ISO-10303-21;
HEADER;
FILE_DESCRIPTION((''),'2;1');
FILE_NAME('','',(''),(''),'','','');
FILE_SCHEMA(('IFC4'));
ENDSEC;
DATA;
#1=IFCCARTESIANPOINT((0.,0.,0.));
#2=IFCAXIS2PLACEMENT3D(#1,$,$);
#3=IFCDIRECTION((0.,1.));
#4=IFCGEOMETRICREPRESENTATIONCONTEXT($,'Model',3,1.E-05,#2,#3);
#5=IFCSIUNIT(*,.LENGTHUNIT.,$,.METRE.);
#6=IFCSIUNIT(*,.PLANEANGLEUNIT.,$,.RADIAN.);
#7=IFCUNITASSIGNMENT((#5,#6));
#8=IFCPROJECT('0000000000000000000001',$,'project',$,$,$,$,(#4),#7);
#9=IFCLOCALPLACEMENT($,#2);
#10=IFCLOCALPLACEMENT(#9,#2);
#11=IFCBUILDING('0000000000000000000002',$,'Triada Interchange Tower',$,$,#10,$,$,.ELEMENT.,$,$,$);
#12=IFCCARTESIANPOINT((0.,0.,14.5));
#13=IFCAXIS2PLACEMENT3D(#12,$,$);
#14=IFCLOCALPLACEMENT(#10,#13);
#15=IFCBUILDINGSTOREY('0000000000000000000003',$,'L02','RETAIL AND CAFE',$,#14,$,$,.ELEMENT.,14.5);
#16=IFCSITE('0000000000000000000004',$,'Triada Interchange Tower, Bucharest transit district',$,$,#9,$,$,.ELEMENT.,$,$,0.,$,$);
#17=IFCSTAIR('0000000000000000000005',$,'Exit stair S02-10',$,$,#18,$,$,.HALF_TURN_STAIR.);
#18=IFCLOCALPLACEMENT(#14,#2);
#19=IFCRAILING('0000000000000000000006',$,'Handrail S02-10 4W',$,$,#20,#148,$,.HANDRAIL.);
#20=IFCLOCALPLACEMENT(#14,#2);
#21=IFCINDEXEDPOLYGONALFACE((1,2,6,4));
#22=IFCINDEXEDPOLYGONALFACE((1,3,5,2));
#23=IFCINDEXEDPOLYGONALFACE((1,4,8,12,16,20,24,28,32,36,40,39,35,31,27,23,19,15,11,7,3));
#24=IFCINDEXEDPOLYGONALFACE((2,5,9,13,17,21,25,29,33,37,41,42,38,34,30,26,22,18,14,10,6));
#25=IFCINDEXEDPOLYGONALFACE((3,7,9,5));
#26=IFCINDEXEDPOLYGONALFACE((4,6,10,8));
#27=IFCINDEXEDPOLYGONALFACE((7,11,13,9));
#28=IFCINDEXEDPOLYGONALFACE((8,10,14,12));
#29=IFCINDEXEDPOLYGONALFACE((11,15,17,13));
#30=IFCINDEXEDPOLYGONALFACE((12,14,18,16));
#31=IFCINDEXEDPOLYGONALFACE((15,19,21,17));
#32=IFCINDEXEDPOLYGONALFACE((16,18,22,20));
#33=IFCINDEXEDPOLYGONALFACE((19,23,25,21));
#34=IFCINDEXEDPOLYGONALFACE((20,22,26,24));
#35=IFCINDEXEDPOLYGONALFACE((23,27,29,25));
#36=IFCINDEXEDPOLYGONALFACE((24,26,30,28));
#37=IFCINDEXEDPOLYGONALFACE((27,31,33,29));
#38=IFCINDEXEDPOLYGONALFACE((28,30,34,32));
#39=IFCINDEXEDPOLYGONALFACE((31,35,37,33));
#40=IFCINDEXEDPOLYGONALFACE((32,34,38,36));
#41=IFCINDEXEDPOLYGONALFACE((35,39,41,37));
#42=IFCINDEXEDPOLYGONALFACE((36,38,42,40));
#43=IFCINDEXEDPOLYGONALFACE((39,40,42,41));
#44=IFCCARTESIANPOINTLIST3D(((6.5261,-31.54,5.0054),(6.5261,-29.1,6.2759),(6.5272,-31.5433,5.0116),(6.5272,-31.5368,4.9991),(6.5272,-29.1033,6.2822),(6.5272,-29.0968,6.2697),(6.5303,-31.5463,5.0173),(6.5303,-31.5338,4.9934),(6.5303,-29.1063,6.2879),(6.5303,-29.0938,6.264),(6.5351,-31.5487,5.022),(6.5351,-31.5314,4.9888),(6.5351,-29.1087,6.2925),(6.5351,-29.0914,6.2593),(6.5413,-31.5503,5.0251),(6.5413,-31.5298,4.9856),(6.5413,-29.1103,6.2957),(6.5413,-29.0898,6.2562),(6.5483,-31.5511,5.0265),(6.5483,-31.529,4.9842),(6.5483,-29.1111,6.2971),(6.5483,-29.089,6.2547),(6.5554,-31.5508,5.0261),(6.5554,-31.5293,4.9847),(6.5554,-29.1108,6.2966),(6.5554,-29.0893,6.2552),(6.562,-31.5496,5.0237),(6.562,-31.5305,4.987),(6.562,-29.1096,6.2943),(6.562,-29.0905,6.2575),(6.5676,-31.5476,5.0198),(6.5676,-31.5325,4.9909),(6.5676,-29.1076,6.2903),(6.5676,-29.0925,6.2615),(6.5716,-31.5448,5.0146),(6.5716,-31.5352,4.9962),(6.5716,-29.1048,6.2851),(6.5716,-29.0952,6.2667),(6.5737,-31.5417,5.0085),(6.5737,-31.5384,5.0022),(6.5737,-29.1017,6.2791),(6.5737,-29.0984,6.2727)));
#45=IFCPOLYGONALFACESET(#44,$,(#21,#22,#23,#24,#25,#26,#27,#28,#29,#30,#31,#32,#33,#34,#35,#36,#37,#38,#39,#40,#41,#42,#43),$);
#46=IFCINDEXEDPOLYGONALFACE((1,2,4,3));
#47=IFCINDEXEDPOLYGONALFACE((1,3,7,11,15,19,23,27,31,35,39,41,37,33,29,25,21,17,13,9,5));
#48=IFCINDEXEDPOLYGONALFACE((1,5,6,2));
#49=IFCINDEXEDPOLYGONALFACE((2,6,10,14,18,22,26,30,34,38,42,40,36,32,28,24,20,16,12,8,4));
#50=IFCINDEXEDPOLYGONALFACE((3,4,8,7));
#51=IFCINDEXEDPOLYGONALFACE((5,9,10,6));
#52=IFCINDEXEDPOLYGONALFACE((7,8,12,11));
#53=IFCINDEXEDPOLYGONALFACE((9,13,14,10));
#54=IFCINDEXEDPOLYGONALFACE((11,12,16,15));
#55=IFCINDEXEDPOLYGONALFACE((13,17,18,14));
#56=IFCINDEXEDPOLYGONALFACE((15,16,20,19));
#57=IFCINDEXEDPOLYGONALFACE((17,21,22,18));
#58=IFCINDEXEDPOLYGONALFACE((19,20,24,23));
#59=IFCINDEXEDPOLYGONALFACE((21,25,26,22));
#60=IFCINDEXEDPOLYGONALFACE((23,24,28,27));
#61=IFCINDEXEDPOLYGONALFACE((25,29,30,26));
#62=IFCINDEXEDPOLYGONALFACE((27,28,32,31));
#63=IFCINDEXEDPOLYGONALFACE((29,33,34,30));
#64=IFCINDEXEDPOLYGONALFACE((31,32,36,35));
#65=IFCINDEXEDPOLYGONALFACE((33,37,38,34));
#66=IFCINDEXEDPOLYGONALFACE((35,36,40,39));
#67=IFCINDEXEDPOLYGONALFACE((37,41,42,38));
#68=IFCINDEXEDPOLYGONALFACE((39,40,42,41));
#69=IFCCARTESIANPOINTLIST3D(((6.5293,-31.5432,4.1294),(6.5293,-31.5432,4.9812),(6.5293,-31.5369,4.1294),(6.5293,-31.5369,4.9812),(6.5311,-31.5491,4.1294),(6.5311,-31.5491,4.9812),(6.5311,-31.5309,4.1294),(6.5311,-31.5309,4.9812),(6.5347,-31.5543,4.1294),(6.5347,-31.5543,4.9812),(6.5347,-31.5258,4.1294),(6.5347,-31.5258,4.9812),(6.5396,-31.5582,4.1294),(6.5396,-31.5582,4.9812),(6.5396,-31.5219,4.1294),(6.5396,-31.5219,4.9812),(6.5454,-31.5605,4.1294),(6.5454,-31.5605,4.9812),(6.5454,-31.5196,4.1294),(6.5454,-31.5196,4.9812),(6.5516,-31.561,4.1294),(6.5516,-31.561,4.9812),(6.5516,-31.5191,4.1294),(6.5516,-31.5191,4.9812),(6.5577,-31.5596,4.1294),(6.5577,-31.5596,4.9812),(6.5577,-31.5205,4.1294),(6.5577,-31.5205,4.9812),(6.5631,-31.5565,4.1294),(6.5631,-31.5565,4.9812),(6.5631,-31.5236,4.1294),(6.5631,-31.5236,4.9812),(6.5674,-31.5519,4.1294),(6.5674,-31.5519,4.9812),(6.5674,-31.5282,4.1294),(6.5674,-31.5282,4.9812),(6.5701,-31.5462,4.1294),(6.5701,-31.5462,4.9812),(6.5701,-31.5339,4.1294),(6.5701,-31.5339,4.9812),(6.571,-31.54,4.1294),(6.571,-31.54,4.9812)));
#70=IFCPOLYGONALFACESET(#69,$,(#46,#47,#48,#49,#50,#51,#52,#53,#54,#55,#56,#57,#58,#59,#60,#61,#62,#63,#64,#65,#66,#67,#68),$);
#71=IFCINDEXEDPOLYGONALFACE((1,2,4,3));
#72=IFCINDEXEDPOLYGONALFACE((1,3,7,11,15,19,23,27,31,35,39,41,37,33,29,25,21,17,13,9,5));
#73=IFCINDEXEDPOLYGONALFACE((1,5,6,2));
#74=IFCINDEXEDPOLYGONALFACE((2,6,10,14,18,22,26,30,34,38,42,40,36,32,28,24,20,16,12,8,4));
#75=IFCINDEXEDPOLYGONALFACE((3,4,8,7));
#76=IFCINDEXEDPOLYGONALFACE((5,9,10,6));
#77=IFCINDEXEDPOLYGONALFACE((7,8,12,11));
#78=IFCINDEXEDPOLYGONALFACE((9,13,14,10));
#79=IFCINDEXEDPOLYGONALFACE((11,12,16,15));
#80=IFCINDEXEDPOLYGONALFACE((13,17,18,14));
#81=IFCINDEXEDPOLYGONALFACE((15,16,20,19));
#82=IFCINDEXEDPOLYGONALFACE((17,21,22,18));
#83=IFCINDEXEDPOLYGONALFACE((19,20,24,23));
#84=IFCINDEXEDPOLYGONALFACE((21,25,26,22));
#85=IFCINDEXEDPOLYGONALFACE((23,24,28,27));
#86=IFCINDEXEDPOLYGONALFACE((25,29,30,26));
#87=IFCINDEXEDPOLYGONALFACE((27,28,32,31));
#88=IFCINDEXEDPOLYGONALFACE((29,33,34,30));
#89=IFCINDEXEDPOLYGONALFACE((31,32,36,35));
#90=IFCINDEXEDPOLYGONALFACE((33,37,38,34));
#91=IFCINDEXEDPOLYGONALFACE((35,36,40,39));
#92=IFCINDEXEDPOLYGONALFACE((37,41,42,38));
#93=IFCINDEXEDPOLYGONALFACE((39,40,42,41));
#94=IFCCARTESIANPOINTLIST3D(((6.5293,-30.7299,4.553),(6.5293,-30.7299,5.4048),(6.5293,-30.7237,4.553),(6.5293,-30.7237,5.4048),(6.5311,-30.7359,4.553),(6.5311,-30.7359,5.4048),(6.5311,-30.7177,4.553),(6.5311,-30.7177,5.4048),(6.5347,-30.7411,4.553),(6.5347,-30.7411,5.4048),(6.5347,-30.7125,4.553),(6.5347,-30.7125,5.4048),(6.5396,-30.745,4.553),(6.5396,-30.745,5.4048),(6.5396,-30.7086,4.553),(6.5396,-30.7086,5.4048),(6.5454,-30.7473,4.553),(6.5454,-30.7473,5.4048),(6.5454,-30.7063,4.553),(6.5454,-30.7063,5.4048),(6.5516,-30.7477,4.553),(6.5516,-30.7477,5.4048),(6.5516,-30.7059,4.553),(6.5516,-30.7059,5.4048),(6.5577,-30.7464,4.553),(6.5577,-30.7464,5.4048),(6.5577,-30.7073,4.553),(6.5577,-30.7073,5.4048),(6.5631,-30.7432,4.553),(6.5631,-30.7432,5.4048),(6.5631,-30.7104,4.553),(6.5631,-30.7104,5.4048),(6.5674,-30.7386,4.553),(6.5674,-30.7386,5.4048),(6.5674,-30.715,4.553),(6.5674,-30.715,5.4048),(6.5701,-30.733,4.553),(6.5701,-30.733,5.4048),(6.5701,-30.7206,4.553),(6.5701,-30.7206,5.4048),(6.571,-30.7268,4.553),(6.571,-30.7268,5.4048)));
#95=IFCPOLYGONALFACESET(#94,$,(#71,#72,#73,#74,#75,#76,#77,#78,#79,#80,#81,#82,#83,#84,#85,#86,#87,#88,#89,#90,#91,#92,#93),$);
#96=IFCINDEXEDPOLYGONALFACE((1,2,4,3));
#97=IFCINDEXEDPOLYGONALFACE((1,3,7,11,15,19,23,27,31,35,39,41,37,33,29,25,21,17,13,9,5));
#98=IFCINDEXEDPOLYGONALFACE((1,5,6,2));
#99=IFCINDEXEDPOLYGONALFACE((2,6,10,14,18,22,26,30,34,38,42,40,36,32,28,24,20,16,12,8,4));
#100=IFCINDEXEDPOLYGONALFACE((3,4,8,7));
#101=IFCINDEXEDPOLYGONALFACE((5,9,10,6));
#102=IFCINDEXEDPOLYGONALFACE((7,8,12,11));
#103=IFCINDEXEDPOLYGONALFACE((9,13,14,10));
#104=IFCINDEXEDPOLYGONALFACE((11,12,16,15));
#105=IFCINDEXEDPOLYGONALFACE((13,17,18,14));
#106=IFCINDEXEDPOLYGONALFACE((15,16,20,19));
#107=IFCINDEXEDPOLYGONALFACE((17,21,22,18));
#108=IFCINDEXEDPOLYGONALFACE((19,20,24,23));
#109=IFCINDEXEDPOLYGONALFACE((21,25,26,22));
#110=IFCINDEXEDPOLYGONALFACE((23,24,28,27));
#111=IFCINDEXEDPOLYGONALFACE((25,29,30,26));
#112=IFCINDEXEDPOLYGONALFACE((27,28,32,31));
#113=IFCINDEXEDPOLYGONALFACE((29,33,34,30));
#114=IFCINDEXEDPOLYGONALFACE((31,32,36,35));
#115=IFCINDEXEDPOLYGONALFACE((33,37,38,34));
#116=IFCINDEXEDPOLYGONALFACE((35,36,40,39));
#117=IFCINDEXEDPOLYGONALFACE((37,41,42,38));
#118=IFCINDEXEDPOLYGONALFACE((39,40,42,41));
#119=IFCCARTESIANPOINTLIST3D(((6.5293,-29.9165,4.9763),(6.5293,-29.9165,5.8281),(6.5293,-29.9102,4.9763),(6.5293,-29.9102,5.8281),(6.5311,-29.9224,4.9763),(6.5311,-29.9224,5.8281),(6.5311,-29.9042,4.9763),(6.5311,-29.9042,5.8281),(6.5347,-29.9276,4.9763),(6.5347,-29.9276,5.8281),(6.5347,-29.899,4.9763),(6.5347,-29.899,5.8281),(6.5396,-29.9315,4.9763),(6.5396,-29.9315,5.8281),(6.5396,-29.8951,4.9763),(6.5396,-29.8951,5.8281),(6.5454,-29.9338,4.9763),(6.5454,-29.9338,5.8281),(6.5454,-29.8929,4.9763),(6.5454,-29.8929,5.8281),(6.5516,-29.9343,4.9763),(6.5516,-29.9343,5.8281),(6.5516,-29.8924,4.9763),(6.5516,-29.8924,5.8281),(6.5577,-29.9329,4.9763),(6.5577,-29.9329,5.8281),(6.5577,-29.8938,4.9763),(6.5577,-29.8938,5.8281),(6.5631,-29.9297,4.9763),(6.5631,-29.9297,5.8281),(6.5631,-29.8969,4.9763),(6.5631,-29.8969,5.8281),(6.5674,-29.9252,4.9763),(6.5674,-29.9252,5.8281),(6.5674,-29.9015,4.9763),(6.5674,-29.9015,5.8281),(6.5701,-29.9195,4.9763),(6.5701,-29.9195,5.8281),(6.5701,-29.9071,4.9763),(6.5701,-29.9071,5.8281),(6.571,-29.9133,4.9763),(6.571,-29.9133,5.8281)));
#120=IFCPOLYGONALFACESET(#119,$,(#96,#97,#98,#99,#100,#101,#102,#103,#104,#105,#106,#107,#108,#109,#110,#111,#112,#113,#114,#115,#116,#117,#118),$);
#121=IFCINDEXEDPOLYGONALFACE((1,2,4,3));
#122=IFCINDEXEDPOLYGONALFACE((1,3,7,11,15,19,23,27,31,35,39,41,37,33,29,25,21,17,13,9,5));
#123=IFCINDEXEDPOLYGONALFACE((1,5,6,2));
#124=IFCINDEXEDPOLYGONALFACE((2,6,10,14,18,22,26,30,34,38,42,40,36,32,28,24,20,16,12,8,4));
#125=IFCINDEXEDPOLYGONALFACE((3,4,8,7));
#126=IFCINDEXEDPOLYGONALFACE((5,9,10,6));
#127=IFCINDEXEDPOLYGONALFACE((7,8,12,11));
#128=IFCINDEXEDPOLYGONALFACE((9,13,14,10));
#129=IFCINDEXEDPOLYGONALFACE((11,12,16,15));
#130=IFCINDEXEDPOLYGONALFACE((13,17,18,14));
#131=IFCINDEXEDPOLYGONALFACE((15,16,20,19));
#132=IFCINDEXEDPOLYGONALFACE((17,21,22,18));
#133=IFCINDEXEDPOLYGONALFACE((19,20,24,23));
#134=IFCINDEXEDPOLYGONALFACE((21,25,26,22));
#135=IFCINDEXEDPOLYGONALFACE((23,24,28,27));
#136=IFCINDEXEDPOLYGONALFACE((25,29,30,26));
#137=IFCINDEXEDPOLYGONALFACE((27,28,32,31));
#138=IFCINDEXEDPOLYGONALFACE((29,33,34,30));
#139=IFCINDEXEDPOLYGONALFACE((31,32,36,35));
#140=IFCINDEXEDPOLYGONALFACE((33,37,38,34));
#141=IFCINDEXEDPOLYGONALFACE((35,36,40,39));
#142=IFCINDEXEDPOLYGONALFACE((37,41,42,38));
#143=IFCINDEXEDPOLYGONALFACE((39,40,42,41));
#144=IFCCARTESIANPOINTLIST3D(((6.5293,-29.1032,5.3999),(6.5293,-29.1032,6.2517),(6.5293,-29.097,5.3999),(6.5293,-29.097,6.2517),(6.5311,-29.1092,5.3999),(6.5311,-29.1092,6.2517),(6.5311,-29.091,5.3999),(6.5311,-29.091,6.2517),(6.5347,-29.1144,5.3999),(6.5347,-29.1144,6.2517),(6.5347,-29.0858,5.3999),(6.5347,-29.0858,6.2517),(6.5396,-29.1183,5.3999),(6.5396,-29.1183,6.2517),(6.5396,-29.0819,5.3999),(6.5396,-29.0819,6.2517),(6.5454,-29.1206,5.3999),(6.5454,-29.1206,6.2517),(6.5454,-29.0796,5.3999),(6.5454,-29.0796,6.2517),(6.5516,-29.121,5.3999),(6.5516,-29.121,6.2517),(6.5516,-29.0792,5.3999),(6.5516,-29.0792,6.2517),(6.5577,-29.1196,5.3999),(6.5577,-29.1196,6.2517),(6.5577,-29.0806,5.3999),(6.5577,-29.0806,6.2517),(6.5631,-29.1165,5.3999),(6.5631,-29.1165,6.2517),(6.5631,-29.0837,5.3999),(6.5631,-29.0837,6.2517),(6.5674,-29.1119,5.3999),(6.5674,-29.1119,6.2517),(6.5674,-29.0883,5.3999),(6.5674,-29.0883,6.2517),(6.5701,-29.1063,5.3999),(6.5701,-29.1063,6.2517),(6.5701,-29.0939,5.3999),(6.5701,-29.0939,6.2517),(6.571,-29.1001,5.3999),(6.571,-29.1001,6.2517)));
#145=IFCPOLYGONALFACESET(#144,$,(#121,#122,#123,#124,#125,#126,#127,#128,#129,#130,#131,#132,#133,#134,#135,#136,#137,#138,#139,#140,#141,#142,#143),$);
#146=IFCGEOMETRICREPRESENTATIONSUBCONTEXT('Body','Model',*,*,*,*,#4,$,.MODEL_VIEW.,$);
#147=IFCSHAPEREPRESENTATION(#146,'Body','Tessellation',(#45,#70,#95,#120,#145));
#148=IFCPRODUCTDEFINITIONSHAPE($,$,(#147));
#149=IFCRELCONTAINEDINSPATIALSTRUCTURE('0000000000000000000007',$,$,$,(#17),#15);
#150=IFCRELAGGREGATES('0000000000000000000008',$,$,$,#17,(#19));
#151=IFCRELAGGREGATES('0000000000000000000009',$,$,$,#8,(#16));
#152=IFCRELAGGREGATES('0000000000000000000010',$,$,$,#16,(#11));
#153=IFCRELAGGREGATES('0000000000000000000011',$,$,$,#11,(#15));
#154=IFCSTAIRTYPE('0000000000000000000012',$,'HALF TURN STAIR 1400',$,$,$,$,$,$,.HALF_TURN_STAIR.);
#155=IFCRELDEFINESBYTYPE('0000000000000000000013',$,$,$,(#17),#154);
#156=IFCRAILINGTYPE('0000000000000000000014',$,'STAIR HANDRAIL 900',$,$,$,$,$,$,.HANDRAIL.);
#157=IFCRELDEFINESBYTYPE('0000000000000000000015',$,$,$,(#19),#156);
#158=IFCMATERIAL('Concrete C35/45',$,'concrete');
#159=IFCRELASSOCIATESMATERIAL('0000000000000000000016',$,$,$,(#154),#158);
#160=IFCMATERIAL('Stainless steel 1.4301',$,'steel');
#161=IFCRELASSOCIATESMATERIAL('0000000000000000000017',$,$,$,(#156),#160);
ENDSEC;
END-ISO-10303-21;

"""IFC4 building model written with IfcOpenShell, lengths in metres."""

from ifc_helpers import new_model, si_unit, direction, frame, origin, origin_2d, place, context, subcontext, project, spatial, circle, extrude, material, type_object, element, aggregate, save


model = new_model("IFC4")

# Units and contexts
model_context = context("Model", 3, precision=1e-05, world=origin(), true_north=direction((0.0, 1.0)))
body_context = subcontext(model_context, "Body", "Model", "MODEL_VIEW")
ifc_project = project(units=[si_unit("LENGTHUNIT", "METRE"), si_unit("PLANEANGLEUNIT", "RADIAN")], contexts=[model_context])

# Site, building, storey
site_placement = place(None, origin())
site = spatial("IfcSite", under=ifc_project, at=site_placement, Name="Triada Interchange Tower, Bucharest transit district", CompositionType="ELEMENT", RefElevation=0.0)
building_placement = place(site_placement, origin())
building = spatial("IfcBuilding", under=site, at=building_placement, Name="Triada Interchange Tower", CompositionType="ELEMENT")
storey_placement = place(building_placement, frame((0.0, 0.0, 14.5)))
storey = spatial("IfcBuildingStorey", under=building, at=storey_placement, Name="L02", Description="RETAIL AND CAFE", CompositionType="ELEMENT", Elevation=14.5)

# Shared definitions
ifc_material_1 = material(Name="Concrete C35/45", Category="concrete")

# Stair, railing
stair_type = type_object("IfcStairType", Name="HALF TURN STAIR 1400", PredefinedType="HALF_TURN_STAIR", material=ifc_material_1)
stair_placement = place(storey_placement, origin())
stair = element("IfcStair", 1, at=stair_placement, inside=storey, type_object=stair_type, Name="Exit stair S02-10", PredefinedType="HALF_TURN_STAIR")
ifc_material_2 = material(Name="Stainless steel 1.4301", Category="steel")
railing_type_1 = type_object("IfcRailingType", Name="STAIR HANDRAIL 900", PredefinedType="HANDRAIL", material=ifc_material_2)
railing_1_placement = place(storey_placement, frame((6.55, -31.54, 4.1294)))
railing_1 = element("IfcRailing", 2, at=railing_1_placement, type_object=railing_type_1, Name="Handrail S02-10 4W", PredefinedType="HANDRAIL", context=body_context, shape_type="SweptSolid", body=[
    extrude(circle(Radius=0.0239, at=origin_2d()), frame((0.0, 0.0, 0.876), z_axis=(0.0, 0.886958, 0.46185), x_axis=(-1.0, 0.0, 0.0)), (0.0, 0.0, 1.0), 2.751),
    extrude(circle(Radius=0.021, at=origin_2d()), origin(), (0.0, 0.0, 1.0), 0.8518),
    extrude(circle(Radius=0.021, at=origin_2d()), frame((0.0, 0.8132, 0.4236)), (0.0, 0.0, 1.0), 0.8518),
    extrude(circle(Radius=0.021, at=origin_2d()), frame((0.0, 1.6267, 0.8469)), (0.0, 0.0, 1.0), 0.8518),
    extrude(circle(Radius=0.021, at=origin_2d()), frame((0.0, 2.4399, 1.2705)), (0.0, 0.0, 1.0), 0.8518),
])
aggregate(stair, [railing_1])

save(model, "model.ifc")
